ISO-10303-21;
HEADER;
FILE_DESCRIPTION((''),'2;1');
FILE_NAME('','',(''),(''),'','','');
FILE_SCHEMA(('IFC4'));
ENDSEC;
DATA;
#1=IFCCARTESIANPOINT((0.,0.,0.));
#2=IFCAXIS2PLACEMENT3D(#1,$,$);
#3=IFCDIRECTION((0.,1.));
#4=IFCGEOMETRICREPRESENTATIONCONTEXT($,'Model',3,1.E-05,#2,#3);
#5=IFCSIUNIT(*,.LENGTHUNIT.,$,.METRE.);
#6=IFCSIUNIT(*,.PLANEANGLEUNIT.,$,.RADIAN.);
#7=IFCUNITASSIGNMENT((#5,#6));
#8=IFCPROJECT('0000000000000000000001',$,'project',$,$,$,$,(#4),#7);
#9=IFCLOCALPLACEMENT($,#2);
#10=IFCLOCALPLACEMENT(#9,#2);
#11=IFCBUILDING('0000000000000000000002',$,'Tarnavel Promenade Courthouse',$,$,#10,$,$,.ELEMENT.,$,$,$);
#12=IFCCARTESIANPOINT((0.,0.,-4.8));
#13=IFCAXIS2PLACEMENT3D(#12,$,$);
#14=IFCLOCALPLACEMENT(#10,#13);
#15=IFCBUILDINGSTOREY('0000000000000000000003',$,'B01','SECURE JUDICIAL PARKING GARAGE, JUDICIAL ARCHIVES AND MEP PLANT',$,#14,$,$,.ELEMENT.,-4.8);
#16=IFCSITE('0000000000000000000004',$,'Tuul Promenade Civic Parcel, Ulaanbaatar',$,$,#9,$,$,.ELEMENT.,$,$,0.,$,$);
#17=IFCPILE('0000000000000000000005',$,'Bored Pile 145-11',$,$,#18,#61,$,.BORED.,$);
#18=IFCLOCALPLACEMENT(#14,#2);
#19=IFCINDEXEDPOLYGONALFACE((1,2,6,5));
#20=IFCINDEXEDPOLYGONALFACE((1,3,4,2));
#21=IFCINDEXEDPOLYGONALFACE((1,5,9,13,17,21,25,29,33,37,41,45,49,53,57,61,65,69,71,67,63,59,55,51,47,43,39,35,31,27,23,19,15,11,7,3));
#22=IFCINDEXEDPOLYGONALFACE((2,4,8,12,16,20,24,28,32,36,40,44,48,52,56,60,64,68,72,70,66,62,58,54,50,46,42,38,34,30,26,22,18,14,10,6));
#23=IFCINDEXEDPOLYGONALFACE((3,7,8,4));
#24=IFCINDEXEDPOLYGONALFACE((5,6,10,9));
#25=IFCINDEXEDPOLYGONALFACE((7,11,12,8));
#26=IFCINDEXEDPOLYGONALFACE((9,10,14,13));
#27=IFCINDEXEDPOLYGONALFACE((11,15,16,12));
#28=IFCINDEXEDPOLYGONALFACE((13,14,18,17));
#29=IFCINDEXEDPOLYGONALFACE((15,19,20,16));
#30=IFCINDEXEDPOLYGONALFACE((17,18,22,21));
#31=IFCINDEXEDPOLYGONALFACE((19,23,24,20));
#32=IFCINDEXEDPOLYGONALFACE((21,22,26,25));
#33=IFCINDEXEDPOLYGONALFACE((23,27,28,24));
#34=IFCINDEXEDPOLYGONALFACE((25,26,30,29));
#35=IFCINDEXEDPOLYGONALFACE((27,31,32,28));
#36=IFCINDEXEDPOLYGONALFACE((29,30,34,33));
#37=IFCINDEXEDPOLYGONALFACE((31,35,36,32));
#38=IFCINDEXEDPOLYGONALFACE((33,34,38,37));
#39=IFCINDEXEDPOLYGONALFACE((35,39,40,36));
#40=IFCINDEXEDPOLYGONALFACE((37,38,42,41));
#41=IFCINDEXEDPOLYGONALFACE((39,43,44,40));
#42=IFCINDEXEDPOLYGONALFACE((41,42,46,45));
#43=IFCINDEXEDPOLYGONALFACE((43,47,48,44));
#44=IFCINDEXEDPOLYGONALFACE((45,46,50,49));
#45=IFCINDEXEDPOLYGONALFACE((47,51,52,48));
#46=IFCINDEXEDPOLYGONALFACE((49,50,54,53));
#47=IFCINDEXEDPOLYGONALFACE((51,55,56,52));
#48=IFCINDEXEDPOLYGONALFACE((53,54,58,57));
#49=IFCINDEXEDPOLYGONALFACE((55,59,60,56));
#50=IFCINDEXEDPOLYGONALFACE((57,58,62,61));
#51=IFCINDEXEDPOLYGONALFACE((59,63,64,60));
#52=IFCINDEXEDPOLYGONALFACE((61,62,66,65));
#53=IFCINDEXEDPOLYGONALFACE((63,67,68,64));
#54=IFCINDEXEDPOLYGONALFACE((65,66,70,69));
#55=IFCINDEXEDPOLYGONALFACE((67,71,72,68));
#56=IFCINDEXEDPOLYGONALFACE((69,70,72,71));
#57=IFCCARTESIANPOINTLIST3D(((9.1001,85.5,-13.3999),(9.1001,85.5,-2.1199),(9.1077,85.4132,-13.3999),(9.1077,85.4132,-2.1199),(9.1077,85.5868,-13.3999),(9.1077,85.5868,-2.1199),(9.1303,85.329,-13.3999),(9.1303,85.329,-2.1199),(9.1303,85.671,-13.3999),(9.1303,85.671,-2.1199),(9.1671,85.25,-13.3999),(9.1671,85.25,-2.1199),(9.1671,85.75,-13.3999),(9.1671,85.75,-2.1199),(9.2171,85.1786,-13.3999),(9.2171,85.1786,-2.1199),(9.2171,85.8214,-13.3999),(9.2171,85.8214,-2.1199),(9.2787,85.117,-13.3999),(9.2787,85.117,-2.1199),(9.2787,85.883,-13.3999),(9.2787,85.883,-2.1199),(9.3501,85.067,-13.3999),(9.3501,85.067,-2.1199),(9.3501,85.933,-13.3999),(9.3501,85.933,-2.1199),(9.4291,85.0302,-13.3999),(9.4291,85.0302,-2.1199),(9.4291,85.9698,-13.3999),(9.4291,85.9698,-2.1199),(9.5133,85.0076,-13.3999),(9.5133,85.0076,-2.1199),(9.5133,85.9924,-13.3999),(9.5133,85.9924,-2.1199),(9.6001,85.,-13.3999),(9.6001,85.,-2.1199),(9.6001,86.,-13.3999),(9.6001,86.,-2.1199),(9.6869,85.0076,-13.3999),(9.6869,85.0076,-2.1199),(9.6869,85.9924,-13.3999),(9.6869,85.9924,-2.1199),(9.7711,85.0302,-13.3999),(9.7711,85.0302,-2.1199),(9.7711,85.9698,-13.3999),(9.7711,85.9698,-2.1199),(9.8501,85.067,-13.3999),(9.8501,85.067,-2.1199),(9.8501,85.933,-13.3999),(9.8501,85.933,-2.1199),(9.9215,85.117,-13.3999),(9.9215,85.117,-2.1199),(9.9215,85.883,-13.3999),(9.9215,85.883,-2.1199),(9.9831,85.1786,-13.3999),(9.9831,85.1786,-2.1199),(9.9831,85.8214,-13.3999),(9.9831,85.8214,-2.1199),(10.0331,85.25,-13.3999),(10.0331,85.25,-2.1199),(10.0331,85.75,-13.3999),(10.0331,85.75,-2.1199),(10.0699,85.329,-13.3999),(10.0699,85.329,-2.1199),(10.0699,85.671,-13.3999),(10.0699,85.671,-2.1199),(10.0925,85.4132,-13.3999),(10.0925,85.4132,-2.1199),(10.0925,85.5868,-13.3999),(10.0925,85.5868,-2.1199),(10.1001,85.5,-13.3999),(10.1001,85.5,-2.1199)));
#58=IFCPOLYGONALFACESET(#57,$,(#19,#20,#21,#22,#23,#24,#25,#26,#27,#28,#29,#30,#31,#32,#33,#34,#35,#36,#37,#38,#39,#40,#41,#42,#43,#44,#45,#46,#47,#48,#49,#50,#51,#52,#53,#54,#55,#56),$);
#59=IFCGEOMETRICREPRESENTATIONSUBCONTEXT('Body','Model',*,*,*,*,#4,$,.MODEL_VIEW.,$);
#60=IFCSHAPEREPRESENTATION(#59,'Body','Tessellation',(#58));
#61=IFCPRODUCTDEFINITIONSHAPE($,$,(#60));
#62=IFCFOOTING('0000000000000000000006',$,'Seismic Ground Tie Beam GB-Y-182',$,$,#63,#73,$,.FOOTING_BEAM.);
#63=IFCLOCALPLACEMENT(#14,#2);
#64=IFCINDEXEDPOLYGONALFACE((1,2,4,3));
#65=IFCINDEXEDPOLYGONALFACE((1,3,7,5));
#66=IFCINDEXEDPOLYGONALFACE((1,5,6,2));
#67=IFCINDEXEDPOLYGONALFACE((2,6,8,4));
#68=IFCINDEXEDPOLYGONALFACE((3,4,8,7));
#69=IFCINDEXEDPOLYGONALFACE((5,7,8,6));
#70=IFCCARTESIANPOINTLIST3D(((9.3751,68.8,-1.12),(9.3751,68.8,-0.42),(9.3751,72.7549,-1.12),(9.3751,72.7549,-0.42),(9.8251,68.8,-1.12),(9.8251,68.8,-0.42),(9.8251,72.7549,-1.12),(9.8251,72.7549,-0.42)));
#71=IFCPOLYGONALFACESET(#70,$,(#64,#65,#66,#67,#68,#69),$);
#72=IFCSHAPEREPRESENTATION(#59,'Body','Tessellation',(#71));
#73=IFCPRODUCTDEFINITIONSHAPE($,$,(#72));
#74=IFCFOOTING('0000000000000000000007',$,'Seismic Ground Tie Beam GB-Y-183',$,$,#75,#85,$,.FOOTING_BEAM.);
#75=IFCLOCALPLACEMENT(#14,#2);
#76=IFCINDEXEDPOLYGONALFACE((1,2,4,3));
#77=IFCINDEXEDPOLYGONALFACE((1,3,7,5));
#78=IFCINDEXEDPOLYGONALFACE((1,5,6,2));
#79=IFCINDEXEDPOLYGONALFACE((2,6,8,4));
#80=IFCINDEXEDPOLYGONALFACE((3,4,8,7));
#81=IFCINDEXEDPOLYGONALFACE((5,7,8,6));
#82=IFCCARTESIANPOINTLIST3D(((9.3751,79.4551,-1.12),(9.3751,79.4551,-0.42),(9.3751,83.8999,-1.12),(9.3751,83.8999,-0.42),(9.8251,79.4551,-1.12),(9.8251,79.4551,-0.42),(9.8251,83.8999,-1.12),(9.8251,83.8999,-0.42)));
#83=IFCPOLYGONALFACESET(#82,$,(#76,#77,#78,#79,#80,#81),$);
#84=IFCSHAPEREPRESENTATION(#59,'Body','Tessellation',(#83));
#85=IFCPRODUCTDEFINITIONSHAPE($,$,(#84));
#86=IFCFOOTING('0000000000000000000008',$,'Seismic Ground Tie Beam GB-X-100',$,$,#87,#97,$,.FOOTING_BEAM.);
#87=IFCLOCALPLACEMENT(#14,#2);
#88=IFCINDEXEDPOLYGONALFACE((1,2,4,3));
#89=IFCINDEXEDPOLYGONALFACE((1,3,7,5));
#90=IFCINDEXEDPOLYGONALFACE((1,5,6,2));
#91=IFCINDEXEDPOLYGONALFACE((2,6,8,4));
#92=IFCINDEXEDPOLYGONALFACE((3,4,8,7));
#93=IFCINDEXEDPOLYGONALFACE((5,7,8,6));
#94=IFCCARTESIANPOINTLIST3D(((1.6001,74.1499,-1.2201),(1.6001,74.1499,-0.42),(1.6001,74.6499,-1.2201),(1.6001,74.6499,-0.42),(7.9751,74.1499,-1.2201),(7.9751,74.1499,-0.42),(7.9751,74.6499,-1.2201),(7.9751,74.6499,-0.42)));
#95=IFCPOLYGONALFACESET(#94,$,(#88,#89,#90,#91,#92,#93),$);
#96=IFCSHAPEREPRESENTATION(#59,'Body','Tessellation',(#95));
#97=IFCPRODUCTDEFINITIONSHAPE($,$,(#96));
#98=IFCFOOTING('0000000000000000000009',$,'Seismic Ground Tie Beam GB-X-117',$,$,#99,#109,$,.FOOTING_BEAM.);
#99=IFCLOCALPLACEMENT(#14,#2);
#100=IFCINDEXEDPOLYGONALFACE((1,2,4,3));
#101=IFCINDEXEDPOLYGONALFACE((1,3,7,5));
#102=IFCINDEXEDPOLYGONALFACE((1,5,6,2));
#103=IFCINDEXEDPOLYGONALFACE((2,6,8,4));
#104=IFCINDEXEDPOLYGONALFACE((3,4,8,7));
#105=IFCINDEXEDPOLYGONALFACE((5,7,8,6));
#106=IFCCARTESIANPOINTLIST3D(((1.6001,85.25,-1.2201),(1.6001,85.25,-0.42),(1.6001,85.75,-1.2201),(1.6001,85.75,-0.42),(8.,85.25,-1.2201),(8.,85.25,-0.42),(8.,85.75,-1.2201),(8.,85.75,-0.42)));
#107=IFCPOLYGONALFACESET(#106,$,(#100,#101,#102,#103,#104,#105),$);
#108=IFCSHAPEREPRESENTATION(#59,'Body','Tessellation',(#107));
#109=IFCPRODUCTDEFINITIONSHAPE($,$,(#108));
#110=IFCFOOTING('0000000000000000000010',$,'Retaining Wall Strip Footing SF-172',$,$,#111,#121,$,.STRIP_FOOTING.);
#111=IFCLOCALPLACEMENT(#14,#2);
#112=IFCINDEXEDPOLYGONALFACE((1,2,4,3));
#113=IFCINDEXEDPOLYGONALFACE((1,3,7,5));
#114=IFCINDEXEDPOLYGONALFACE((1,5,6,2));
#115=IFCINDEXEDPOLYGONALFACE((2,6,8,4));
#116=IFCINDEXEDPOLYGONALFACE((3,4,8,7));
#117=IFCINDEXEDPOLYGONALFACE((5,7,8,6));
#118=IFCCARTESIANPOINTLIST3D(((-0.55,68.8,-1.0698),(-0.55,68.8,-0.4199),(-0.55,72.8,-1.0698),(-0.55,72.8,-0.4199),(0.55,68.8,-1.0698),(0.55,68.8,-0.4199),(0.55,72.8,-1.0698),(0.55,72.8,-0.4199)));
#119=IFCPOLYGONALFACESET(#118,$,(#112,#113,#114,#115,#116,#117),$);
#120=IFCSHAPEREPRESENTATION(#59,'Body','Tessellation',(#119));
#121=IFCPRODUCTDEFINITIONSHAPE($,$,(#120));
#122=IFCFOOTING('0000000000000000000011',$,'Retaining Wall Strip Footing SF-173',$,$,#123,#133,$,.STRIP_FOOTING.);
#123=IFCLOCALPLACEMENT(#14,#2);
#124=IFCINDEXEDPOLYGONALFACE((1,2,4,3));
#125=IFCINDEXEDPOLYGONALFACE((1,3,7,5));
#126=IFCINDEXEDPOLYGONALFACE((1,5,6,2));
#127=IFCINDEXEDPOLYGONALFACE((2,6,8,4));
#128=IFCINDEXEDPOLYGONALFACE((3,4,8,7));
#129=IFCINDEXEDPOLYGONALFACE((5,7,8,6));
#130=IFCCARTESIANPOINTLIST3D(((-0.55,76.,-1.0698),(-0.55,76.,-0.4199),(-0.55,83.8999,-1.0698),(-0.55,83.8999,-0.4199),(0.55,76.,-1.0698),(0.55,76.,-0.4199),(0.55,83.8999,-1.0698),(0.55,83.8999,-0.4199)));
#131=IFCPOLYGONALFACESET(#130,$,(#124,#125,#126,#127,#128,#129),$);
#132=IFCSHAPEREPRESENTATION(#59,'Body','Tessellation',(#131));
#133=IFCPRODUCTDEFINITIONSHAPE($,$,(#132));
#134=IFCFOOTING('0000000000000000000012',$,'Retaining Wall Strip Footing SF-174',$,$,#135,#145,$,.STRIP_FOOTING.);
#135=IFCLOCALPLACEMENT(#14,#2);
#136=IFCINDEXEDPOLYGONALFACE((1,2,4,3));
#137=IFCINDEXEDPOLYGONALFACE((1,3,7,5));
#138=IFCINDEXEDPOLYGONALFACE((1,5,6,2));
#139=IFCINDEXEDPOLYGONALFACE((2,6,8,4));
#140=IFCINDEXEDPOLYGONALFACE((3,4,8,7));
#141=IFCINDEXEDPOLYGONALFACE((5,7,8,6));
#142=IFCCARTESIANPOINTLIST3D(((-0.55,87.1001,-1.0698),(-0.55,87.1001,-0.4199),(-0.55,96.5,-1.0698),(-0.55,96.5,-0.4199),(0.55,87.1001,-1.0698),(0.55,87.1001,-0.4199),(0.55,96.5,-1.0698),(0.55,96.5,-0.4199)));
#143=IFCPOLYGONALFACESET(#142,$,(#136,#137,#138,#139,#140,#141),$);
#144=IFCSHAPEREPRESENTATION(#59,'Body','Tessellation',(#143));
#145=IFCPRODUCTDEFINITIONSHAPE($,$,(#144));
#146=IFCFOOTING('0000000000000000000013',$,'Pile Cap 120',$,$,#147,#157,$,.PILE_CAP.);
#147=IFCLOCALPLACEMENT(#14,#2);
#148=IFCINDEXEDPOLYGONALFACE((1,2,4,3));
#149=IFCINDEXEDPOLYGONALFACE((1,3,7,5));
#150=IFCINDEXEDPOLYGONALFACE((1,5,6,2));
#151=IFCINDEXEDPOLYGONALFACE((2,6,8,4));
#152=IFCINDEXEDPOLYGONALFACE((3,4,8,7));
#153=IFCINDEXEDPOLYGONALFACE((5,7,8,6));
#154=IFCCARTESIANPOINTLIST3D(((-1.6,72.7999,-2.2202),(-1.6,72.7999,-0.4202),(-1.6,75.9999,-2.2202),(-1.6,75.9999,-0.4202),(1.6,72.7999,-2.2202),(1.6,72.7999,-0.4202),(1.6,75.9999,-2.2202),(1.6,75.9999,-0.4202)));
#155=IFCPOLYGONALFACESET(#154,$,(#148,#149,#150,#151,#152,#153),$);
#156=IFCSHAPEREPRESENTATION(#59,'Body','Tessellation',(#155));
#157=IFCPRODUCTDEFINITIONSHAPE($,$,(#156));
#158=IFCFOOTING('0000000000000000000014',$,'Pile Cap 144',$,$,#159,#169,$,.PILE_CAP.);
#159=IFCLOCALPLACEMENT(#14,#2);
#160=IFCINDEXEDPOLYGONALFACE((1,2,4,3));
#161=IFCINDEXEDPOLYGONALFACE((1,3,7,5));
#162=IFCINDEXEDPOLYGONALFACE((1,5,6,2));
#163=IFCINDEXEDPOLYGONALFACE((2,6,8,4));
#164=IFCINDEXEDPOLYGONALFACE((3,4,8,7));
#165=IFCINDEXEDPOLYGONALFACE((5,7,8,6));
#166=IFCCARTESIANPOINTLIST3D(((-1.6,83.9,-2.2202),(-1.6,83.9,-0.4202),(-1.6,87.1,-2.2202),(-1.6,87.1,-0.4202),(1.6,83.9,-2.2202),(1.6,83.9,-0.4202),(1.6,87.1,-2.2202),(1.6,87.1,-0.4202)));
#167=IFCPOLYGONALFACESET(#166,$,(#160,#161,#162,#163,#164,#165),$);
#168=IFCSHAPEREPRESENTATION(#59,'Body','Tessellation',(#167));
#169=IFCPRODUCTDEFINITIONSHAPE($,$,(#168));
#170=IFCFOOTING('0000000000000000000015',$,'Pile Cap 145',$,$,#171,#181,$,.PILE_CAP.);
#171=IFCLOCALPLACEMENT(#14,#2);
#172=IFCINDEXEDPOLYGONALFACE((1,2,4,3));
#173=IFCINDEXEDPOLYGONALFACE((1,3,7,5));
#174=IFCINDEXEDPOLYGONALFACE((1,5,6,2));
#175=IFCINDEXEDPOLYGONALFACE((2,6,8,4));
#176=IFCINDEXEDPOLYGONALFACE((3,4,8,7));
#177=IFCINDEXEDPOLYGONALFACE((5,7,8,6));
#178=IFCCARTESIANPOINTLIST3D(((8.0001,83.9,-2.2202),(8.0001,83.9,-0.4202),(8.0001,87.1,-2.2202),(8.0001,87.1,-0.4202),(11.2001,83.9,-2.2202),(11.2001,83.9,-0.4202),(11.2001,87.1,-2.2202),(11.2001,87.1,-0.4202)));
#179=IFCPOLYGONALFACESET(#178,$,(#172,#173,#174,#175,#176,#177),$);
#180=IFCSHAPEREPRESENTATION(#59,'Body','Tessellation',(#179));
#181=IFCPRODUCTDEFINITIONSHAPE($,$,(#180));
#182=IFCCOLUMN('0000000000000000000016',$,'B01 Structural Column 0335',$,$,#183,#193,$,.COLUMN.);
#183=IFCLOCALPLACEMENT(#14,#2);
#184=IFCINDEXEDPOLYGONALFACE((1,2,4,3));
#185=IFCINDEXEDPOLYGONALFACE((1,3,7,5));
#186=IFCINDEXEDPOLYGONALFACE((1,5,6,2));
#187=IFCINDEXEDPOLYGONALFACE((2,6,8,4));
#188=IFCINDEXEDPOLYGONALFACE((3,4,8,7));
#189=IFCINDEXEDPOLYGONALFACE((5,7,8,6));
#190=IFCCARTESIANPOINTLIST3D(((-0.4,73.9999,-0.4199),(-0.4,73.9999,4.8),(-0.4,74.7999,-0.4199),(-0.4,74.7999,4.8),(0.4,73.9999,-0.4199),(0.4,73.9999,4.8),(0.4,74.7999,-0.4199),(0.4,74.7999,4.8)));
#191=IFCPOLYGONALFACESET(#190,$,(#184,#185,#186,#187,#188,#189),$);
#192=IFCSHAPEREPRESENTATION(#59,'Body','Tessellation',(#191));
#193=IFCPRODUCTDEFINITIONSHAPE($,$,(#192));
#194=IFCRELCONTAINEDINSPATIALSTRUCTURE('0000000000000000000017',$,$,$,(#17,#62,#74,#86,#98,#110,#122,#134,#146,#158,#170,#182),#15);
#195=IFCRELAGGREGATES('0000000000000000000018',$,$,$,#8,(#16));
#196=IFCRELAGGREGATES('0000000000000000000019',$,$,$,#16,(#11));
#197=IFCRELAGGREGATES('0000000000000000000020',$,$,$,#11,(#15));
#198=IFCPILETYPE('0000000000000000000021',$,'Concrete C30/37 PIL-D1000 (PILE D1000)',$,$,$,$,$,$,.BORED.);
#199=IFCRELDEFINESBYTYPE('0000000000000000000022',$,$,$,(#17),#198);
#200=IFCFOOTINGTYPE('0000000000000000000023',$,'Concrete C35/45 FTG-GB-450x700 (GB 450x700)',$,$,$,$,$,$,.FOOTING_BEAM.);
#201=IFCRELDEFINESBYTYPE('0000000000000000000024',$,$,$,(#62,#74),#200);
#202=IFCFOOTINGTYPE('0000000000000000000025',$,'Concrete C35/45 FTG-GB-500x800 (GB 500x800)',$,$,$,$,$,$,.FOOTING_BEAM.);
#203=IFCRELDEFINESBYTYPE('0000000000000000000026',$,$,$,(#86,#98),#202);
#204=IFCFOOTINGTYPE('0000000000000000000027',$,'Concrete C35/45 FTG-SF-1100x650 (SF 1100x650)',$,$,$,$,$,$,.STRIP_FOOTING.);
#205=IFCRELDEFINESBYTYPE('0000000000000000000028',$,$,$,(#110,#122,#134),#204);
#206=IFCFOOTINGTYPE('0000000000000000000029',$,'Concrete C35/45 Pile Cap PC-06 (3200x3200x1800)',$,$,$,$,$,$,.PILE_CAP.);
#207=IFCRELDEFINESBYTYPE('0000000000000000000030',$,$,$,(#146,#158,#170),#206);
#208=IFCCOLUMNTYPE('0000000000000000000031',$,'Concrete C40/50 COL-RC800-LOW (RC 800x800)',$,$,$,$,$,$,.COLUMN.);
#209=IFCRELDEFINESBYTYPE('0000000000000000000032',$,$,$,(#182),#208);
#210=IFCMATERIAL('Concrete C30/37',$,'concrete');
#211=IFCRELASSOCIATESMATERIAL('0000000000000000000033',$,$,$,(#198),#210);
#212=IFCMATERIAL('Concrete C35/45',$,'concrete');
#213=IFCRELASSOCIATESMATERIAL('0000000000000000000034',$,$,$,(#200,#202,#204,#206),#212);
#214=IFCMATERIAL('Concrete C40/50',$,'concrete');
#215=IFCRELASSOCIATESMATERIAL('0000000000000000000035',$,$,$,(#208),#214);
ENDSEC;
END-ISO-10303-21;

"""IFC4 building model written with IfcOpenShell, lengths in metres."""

from ifc_helpers import new_model, si_unit, direction, frame, origin, origin_2d, place, context, subcontext, project, spatial, rectangle, circle, extrude, material, material_profile, profile_set, type_object, element, save


model = new_model("IFC4")

# Units and contexts
model_context = context("Model", 3, precision=1e-05, world=origin(), true_north=direction((0.0, 1.0)))
body_context = subcontext(model_context, "Body", "Model", "MODEL_VIEW")
ifc_project = project(units=[si_unit("LENGTHUNIT", "METRE"), si_unit("PLANEANGLEUNIT", "RADIAN")], contexts=[model_context])

# Site, building, storey
site_placement = place(None, origin())
site = spatial("IfcSite", under=ifc_project, at=site_placement, Name="Tuul Promenade Civic Parcel, Ulaanbaatar", CompositionType="ELEMENT", RefElevation=0.0)
building_placement = place(site_placement, origin())
building = spatial("IfcBuilding", under=site, at=building_placement, Name="Tarnavel Promenade Courthouse", CompositionType="ELEMENT")
storey_placement = place(building_placement, frame((0.0, 0.0, -4.8)))
storey = spatial("IfcBuildingStorey", under=building, at=storey_placement, Name="B01", Description="SECURE JUDICIAL PARKING GARAGE, JUDICIAL ARCHIVES AND MEP PLANT", CompositionType="ELEMENT", Elevation=-4.8)

# Pile
ifc_material_1 = material(Name="Concrete C30/37", Category="concrete")
ifc_material_profile_1 = material_profile(ifc_material_1, circle(Radius=0.5, at=origin_2d()), Name="PILE D1000")
ifc_profile_set_1 = profile_set([ifc_material_profile_1], Name="Concrete C30/37")
pile_type = type_object("IfcPileType", Name="Concrete C30/37 PIL-D1000 (PILE D1000)", PredefinedType="BORED", material=ifc_profile_set_1)
for number, where, z_axis, x_axis, name in (
    (1, (9.6001, 85.5, -2.1199), (0.0, 0.0, -1.0), (1.0, 0.0, 0.0), "Bored Pile 145-11"),
):
    element("IfcPile", number, at=place(storey_placement, frame(where, z_axis=z_axis, x_axis=x_axis)), inside=storey, type_object=pile_type, Name=name, PredefinedType="BORED", context=body_context, shape_type="SweptSolid", body=[
        extrude(circle(Radius=0.5, at=origin_2d()), origin(), (0.0, 0.0, 1.0), 11.28),
    ])

# Footings
ifc_material_2 = material(Name="Concrete C35/45", Category="concrete")
ifc_material_profile_2 = material_profile(ifc_material_2, rectangle(XDim=0.45, YDim=0.7, at=origin_2d()), Name="GB 450x700")
ifc_profile_set_2 = profile_set([ifc_material_profile_2], Name="Concrete C35/45")
footing_type_1 = type_object("IfcFootingType", Name="Concrete C35/45 FTG-GB-450x700 (GB 450x700)", PredefinedType="FOOTING_BEAM", material=ifc_profile_set_2)
footing_1_placement = place(storey_placement, frame((9.6001, 68.8, -0.77), z_axis=(0.0, 1.0, 0.0), x_axis=(-1.0, 0.0, 0.0)))
element("IfcFooting", 2, at=footing_1_placement, inside=storey, type_object=footing_type_1, Name="Seismic Ground Tie Beam GB-Y-182", PredefinedType="FOOTING_BEAM", context=body_context, shape_type="SweptSolid", body=[
    extrude(rectangle(XDim=0.45, YDim=0.7, at=origin_2d()), origin(), (0.0, 0.0, 1.0), 3.9548),
])
footing_2_placement = place(storey_placement, frame((9.6001, 79.4551, -0.77), z_axis=(0.0, 1.0, 0.0), x_axis=(-1.0, 0.0, 0.0)))
element("IfcFooting", 3, at=footing_2_placement, inside=storey, type_object=footing_type_1, Name="Seismic Ground Tie Beam GB-Y-183", PredefinedType="FOOTING_BEAM", context=body_context, shape_type="SweptSolid", body=[
    extrude(rectangle(XDim=0.45, YDim=0.7, at=origin_2d()), origin(), (0.0, 0.0, 1.0), 4.4448),
])
ifc_material_profile_3 = material_profile(ifc_material_2, rectangle(XDim=0.5, YDim=0.8, at=origin_2d()), Name="GB 500x800")
ifc_profile_set_3 = profile_set([ifc_material_profile_3], Name="Concrete C35/45")
footing_type_2 = type_object("IfcFootingType", Name="Concrete C35/45 FTG-GB-500x800 (GB 500x800)", PredefinedType="FOOTING_BEAM", material=ifc_profile_set_3)
footing_3_placement = place(storey_placement, frame((1.6001, 74.3999, -0.8201), z_axis=(1.0, 0.0, 0.0), x_axis=(0.0, 1.0, 0.0)))
element("IfcFooting", 4, at=footing_3_placement, inside=storey, type_object=footing_type_2, Name="Seismic Ground Tie Beam GB-X-100", PredefinedType="FOOTING_BEAM", context=body_context, shape_type="SweptSolid", body=[
    extrude(rectangle(XDim=0.5, YDim=0.8, at=origin_2d()), origin(), (0.0, 0.0, 1.0), 6.375),
])
footing_4_placement = place(storey_placement, frame((1.6001, 85.5, -0.8201), z_axis=(1.0, 0.0, 0.0), x_axis=(0.0, 1.0, 0.0)))
element("IfcFooting", 5, at=footing_4_placement, inside=storey, type_object=footing_type_2, Name="Seismic Ground Tie Beam GB-X-117", PredefinedType="FOOTING_BEAM", context=body_context, shape_type="SweptSolid", body=[
    extrude(rectangle(XDim=0.5, YDim=0.8, at=origin_2d()), origin(), (0.0, 0.0, 1.0), 6.3999),
])
ifc_material_profile_4 = material_profile(ifc_material_2, rectangle(XDim=1.1001, YDim=0.6499, at=origin_2d()), Name="SF 1100x650")
ifc_profile_set_4 = profile_set([ifc_material_profile_4], Name="Concrete C35/45")
footing_type_3 = type_object("IfcFootingType", Name="Concrete C35/45 FTG-SF-1100x650 (SF 1100x650)", PredefinedType="STRIP_FOOTING", material=ifc_profile_set_4)
footing_5_placement = place(storey_placement, frame((0.0, 68.8, -0.7449), z_axis=(0.0, 1.0, 0.0), x_axis=(-1.0, 0.0, 0.0)))
element("IfcFooting", 6, at=footing_5_placement, inside=storey, type_object=footing_type_3, Name="Retaining Wall Strip Footing SF-172", PredefinedType="STRIP_FOOTING", context=body_context, shape_type="SweptSolid", body=[
    extrude(rectangle(XDim=1.1001, YDim=0.6499, at=origin_2d()), origin(), (0.0, 0.0, 1.0), 4.0),
])
footing_6_placement = place(storey_placement, frame((0.0, 76.0, -0.7449), z_axis=(0.0, 1.0, 0.0), x_axis=(-1.0, 0.0, 0.0)))
element("IfcFooting", 7, at=footing_6_placement, inside=storey, type_object=footing_type_3, Name="Retaining Wall Strip Footing SF-173", PredefinedType="STRIP_FOOTING", context=body_context, shape_type="SweptSolid", body=[
    extrude(rectangle(XDim=1.1001, YDim=0.6499, at=origin_2d()), origin(), (0.0, 0.0, 1.0), 7.8999),
])
footing_7_placement = place(storey_placement, frame((0.0, 87.1001, -0.7449), z_axis=(0.0, 1.0, 0.0), x_axis=(-1.0, 0.0, 0.0)))
element("IfcFooting", 8, at=footing_7_placement, inside=storey, type_object=footing_type_3, Name="Retaining Wall Strip Footing SF-174", PredefinedType="STRIP_FOOTING", context=body_context, shape_type="SweptSolid", body=[
    extrude(rectangle(XDim=1.1001, YDim=0.6499, at=origin_2d()), origin(), (0.0, 0.0, 1.0), 9.3999),
])
footing_type_4 = type_object("IfcFootingType", Name="Concrete C35/45 Pile Cap PC-06 (3200x3200x1800)", PredefinedType="PILE_CAP", material=ifc_material_2)
for number, where, z_axis, x_axis, name in (
    (9, (0.0, 74.3999, -2.2202), (0.0, 0.0, 1.0), (1.0, 0.0, 0.0), "Pile Cap 120"),
    (10, (0.0, 85.5, -2.2202), (0.0, 0.0, 1.0), (1.0, 0.0, 0.0), "Pile Cap 144"),
    (11, (9.6001, 85.5, -2.2202), (0.0, 0.0, 1.0), (1.0, 0.0, 0.0), "Pile Cap 145"),
):
    element("IfcFooting", number, at=place(storey_placement, frame(where, z_axis=z_axis, x_axis=x_axis)), inside=storey, type_object=footing_type_4, Name=name, PredefinedType="PILE_CAP", context=body_context, shape_type="SweptSolid", body=[
        extrude(rectangle(XDim=3.2, YDim=3.2, at=origin_2d()), origin(), (0.0, 0.0, 1.0), 1.8),
    ])

# Column
ifc_material_3 = material(Name="Concrete C40/50", Category="concrete")
ifc_material_profile_5 = material_profile(ifc_material_3, rectangle(XDim=0.8, YDim=0.8, at=origin_2d()), Name="RC 800x800")
ifc_profile_set_5 = profile_set([ifc_material_profile_5], Name="Concrete C40/50")
column_type = type_object("IfcColumnType", Name="Concrete C40/50 COL-RC800-LOW (RC 800x800)", PredefinedType="COLUMN", material=ifc_profile_set_5)
for number, where, z_axis, x_axis, name in (
    (12, (0.0, 74.3999, -0.4199), (0.0, 0.0, 1.0), (1.0, 0.0, 0.0), "B01 Structural Column 0335"),
):
    element("IfcColumn", number, at=place(storey_placement, frame(where, z_axis=z_axis, x_axis=x_axis)), inside=storey, type_object=column_type, Name=name, PredefinedType="COLUMN", context=body_context, shape_type="SweptSolid", body=[
        extrude(rectangle(XDim=0.8, YDim=0.8, at=origin_2d()), origin(), (0.0, 0.0, 1.0), 5.22),
    ])

save(model, "model.ifc")
